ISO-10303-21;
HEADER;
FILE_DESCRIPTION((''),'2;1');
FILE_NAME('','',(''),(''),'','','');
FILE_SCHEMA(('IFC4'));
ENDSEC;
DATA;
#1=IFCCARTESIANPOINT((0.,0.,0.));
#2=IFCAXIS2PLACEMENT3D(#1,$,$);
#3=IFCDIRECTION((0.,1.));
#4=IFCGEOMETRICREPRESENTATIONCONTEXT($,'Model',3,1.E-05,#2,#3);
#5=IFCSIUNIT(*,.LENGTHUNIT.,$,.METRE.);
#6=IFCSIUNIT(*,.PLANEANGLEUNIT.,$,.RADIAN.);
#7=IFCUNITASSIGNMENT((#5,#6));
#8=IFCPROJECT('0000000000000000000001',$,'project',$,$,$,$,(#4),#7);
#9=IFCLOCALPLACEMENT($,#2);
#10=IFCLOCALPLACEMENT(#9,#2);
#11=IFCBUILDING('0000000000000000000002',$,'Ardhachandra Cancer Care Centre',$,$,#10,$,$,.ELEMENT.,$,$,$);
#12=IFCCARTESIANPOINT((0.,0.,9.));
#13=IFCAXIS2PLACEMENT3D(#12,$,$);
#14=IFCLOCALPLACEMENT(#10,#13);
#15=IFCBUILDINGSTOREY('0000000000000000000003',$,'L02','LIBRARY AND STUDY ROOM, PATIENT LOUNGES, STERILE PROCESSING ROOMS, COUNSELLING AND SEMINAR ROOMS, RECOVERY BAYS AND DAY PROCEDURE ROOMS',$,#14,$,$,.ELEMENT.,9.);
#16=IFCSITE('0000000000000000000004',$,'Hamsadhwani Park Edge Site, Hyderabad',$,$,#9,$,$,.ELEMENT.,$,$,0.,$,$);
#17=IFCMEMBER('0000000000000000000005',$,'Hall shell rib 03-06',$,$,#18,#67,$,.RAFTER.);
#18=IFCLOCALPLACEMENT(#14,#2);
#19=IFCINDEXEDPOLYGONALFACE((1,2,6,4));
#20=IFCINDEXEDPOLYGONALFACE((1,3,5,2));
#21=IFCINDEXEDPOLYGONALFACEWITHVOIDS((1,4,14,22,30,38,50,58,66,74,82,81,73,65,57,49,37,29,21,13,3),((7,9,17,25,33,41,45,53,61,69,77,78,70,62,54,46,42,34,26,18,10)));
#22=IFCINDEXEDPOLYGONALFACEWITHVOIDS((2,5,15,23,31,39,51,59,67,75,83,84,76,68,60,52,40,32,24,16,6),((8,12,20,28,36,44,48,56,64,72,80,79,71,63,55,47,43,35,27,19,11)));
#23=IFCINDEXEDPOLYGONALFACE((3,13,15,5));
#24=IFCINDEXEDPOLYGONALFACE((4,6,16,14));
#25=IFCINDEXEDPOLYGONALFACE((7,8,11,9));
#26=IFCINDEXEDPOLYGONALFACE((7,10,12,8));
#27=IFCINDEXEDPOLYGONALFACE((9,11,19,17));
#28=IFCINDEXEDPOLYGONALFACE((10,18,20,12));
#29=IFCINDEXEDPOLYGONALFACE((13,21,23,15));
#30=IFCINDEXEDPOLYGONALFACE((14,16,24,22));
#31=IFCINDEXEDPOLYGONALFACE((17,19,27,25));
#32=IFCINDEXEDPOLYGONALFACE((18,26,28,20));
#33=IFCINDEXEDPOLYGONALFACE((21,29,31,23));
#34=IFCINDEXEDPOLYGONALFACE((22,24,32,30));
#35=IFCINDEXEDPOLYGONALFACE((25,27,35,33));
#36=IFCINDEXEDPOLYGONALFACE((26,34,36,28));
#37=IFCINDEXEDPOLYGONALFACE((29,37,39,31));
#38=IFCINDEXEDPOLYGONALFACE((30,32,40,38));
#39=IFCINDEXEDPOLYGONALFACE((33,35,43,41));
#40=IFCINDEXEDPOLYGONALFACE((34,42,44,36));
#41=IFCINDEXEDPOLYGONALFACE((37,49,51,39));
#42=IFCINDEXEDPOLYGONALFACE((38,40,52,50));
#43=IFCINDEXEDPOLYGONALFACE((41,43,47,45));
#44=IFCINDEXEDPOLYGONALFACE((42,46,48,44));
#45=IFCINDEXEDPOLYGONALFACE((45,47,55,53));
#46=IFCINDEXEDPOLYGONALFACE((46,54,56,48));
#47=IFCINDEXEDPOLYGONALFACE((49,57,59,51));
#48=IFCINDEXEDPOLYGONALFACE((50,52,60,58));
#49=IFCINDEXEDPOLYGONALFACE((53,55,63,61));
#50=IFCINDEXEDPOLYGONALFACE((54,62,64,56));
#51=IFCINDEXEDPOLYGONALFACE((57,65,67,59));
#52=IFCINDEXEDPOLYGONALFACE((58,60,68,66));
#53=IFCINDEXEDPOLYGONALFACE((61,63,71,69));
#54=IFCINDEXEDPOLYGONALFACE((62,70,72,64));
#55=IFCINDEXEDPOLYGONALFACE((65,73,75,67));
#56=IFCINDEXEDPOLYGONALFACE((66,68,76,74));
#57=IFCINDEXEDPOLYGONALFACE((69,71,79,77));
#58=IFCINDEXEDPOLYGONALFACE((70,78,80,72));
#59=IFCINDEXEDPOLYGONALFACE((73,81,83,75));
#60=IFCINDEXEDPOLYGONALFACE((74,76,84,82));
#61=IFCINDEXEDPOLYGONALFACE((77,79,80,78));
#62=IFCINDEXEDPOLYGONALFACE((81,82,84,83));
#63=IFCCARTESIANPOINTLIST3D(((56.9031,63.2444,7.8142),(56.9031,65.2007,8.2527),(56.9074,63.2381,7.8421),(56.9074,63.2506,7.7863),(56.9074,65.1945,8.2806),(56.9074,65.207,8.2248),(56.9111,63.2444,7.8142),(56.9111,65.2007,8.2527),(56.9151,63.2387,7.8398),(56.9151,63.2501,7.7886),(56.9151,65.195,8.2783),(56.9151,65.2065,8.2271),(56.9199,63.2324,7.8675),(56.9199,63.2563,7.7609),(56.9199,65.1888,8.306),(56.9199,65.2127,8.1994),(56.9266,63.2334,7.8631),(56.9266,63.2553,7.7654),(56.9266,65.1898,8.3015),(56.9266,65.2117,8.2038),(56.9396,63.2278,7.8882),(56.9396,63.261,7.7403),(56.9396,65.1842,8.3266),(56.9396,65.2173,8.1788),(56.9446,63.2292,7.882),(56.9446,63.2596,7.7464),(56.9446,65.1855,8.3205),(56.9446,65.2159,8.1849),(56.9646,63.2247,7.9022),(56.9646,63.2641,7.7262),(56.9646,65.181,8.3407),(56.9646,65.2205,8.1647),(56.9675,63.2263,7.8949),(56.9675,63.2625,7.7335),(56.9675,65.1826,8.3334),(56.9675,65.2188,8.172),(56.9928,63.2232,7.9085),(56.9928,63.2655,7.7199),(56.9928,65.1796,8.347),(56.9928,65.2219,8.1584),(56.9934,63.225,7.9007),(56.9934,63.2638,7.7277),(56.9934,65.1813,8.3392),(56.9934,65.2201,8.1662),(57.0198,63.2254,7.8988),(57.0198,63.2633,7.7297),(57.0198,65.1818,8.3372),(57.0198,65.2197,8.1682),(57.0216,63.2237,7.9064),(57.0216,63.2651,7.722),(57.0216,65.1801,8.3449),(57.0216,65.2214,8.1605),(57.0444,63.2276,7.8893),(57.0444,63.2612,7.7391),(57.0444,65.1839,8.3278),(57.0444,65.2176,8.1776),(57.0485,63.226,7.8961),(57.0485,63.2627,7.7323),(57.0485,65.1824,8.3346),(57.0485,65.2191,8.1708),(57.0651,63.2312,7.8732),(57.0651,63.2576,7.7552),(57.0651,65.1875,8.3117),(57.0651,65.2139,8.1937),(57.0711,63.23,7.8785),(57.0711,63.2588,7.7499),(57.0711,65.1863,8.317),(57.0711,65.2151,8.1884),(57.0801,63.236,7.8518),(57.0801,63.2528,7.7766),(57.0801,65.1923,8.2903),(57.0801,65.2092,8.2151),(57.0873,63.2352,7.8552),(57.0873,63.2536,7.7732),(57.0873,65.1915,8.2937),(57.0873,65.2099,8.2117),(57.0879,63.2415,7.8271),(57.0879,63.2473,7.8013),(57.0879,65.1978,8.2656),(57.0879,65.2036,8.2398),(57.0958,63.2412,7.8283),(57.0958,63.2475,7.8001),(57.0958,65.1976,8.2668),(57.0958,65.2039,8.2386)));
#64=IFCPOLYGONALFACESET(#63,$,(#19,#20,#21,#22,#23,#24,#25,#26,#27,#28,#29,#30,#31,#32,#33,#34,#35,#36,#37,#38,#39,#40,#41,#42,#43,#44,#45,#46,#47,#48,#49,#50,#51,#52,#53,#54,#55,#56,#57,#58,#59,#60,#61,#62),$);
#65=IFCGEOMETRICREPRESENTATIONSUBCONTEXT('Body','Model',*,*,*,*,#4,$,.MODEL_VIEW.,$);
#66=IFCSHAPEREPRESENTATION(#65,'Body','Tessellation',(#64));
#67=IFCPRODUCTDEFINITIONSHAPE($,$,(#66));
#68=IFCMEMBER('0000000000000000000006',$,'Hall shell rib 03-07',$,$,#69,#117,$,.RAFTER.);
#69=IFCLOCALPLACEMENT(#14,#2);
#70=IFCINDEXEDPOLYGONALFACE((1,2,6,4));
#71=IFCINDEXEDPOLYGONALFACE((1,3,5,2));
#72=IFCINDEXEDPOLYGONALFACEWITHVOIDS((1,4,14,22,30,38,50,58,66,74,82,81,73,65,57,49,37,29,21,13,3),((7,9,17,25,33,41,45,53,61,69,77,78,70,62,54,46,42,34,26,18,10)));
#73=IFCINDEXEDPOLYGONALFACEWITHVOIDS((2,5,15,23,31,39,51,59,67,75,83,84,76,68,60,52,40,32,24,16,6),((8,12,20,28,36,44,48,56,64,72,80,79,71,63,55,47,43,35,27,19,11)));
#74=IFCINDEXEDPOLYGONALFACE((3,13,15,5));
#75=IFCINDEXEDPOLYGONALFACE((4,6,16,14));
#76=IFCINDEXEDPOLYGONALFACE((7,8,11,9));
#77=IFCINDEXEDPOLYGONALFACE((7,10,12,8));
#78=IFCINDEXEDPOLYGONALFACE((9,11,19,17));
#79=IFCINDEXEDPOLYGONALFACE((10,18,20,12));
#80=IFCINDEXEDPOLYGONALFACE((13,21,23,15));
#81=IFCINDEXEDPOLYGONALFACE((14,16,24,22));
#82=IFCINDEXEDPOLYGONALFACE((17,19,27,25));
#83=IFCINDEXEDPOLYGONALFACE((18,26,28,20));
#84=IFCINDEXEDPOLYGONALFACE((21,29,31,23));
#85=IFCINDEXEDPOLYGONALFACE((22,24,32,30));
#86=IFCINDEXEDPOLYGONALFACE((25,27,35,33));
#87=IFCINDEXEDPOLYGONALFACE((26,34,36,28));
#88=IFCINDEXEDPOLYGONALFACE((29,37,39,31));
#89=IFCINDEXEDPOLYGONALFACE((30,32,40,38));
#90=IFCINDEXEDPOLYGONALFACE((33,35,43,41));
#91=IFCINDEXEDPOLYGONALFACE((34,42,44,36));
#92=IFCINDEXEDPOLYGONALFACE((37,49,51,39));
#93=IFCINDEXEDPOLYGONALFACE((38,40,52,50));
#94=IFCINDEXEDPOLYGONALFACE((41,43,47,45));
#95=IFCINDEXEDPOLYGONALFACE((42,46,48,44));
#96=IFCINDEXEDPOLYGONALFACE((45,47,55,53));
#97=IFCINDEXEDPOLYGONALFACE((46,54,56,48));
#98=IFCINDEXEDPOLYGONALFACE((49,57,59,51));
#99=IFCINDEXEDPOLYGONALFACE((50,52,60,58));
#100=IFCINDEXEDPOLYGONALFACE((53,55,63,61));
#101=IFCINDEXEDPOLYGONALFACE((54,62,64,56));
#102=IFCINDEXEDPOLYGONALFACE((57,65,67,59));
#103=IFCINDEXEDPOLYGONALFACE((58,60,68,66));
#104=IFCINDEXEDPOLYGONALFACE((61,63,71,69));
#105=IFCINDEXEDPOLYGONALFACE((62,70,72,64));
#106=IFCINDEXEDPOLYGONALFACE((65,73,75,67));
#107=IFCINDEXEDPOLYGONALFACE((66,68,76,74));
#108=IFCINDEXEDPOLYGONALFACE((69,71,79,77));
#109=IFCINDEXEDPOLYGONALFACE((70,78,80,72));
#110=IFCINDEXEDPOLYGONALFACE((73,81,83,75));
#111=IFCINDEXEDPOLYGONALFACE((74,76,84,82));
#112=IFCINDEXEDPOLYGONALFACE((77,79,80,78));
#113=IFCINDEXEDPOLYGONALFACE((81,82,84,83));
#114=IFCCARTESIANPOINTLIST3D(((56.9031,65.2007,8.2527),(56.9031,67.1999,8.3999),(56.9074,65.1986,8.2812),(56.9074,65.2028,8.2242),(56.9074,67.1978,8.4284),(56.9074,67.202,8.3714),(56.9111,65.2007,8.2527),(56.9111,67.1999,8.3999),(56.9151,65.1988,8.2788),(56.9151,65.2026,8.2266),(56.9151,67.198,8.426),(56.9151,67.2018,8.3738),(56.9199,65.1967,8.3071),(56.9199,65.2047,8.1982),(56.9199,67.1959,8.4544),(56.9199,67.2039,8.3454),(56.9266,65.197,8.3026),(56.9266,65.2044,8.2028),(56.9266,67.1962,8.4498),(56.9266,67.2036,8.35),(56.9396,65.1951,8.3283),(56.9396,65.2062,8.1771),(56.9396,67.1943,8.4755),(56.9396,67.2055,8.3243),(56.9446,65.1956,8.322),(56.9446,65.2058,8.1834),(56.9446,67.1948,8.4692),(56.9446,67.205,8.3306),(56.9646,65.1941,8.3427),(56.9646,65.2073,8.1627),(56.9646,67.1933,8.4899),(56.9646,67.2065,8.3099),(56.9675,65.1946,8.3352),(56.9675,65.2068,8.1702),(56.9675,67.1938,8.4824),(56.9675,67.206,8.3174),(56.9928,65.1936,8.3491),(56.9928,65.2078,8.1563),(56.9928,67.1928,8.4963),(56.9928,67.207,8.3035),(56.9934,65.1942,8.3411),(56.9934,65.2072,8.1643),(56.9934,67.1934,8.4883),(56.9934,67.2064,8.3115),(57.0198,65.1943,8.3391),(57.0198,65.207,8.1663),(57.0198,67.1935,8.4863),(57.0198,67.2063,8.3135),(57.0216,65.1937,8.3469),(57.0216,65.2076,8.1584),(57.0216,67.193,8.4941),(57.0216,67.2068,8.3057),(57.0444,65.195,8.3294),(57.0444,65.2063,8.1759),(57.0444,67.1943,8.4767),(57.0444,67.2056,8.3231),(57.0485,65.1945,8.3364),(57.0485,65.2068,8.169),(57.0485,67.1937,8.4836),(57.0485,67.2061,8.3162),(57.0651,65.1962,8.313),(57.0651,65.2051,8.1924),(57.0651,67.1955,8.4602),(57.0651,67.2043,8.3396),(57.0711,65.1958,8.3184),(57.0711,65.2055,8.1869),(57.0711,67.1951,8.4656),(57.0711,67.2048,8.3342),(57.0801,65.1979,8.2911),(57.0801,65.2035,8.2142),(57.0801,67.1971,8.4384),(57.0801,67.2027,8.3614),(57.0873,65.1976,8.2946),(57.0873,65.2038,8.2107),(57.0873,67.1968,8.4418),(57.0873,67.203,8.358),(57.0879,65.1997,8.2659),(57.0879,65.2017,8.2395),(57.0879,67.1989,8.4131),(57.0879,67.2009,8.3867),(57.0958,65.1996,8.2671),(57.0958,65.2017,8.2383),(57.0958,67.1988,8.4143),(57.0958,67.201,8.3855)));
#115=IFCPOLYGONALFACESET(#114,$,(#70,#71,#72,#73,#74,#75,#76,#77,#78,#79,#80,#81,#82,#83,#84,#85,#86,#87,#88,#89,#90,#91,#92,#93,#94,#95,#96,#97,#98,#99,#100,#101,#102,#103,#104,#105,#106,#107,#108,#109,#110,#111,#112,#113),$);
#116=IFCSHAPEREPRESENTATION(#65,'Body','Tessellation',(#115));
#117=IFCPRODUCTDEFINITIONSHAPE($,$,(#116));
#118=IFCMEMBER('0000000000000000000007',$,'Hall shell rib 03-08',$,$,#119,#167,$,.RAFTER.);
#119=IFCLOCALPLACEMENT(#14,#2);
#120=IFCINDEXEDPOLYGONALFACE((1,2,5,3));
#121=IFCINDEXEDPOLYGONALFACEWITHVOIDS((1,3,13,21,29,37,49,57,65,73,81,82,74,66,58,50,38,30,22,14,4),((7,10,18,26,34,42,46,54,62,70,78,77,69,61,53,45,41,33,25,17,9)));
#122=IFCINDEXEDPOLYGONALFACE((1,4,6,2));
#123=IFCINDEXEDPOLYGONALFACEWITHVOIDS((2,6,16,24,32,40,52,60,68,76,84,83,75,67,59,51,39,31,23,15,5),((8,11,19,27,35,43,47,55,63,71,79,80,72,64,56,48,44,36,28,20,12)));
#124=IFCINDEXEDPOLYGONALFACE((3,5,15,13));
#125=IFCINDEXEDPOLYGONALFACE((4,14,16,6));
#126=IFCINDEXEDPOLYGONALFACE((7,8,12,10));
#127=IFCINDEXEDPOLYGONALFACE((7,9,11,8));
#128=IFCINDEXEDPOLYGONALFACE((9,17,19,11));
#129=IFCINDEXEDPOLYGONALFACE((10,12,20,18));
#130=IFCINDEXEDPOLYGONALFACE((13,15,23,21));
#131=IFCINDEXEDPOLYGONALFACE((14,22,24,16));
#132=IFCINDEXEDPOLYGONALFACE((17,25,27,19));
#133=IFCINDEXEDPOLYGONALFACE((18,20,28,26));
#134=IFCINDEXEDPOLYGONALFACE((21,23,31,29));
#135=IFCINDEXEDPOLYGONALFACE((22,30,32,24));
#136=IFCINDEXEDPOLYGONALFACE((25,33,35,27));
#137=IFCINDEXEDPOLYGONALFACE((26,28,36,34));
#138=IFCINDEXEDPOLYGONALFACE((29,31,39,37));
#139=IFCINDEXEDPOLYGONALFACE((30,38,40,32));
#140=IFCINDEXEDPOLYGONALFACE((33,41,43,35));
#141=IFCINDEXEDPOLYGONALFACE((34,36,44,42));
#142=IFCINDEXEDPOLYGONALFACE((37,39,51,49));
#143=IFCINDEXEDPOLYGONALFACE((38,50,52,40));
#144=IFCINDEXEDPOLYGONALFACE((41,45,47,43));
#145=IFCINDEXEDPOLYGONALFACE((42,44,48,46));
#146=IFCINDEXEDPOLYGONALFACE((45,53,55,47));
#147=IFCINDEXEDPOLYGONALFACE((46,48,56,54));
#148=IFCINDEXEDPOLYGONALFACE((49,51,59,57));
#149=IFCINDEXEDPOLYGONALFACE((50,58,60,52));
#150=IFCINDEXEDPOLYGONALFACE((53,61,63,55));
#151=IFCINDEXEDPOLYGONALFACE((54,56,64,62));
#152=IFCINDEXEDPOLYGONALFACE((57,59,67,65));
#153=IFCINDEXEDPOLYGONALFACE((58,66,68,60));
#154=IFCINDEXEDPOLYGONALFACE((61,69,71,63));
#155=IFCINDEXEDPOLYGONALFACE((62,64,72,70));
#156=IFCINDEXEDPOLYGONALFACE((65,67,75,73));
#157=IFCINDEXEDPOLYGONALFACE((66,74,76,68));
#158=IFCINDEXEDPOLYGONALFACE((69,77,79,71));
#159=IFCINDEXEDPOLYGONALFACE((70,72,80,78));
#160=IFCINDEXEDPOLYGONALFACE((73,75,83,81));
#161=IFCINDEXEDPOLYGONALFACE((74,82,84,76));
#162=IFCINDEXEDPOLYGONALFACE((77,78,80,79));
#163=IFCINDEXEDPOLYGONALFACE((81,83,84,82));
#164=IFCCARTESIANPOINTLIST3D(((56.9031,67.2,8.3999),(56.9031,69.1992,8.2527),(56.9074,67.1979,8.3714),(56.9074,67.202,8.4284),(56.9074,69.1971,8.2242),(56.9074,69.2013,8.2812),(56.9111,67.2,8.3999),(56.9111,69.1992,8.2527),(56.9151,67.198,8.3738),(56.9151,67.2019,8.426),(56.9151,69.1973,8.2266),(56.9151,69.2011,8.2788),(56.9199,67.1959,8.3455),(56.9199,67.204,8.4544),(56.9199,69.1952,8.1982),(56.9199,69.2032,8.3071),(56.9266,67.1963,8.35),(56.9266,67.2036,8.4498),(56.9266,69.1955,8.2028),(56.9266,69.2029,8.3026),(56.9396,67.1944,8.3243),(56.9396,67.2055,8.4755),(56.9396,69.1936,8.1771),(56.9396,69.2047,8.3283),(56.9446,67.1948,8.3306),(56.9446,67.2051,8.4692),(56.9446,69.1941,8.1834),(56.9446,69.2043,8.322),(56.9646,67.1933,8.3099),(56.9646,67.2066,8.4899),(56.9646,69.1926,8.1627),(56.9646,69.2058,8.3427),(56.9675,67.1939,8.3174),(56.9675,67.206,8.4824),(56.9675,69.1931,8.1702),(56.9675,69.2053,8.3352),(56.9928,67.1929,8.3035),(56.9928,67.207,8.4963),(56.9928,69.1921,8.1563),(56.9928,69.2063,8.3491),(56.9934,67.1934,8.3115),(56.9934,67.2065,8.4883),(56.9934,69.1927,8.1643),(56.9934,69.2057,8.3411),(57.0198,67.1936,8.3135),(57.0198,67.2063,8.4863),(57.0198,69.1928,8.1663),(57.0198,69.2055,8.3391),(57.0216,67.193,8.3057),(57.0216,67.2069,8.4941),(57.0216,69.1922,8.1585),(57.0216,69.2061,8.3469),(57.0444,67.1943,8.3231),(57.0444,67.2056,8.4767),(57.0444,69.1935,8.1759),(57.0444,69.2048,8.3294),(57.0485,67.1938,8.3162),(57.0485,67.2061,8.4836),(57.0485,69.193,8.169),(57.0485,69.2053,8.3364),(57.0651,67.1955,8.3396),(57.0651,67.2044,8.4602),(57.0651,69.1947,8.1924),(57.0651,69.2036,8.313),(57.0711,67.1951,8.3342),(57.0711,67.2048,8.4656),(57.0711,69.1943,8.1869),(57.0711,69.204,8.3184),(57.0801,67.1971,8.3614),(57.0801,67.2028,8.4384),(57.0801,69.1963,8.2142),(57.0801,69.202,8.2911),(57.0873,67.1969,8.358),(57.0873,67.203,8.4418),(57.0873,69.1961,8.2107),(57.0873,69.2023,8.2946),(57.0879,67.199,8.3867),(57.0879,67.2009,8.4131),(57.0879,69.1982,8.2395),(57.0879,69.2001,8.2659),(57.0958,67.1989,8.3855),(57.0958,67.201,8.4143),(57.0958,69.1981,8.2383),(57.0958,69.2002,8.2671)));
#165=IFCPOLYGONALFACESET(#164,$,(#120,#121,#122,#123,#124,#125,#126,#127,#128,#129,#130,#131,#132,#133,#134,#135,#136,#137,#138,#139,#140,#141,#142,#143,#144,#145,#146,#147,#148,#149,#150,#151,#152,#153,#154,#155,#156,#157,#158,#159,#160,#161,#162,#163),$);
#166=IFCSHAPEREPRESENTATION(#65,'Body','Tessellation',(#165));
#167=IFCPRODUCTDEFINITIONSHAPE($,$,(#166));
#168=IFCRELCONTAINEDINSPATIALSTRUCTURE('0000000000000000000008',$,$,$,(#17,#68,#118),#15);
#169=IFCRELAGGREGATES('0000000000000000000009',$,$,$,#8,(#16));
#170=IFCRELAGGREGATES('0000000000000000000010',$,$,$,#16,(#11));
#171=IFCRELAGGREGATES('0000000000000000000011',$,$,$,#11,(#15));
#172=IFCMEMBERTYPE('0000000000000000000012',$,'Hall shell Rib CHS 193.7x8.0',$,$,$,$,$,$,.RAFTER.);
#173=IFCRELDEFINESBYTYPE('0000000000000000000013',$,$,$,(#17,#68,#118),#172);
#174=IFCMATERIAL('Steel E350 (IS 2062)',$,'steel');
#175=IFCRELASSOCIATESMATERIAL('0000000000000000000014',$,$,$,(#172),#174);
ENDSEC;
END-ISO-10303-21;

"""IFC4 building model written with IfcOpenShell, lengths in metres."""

from ifc_helpers import new_model, si_unit, direction, frame, origin, origin_2d, place, context, subcontext, project, spatial, hollow_circle, extrude, material, material_profile, profile_set, type_object, element, save


model = new_model("IFC4")

# Units and contexts
model_context = context("Model", 3, precision=1e-05, world=origin(), true_north=direction((0.0, 1.0)))
body_context = subcontext(model_context, "Body", "Model", "MODEL_VIEW")
ifc_project = project(units=[si_unit("LENGTHUNIT", "METRE"), si_unit("PLANEANGLEUNIT", "RADIAN")], contexts=[model_context])

# Site, building, storey
site_placement = place(None, origin())
site = spatial("IfcSite", under=ifc_project, at=site_placement, Name="Hamsadhwani Park Edge Site, Hyderabad", CompositionType="ELEMENT", RefElevation=0.0)
building_placement = place(site_placement, origin())
building = spatial("IfcBuilding", under=site, at=building_placement, Name="Ardhachandra Cancer Care Centre", CompositionType="ELEMENT")
storey_placement = place(building_placement, frame((0.0, 0.0, 9.0)))
storey = spatial("IfcBuildingStorey", under=building, at=storey_placement, Name="L02", Description="LIBRARY AND STUDY ROOM, PATIENT LOUNGES, STERILE PROCESSING ROOMS, COUNSELLING AND SEMINAR ROOMS, RECOVERY BAYS AND DAY PROCEDURE ROOMS", CompositionType="ELEMENT", Elevation=9.0)

# Members
ifc_material_1 = material(Name="Steel E350 (IS 2062)", Category="steel")
ifc_material_profile_1 = material_profile(ifc_material_1, hollow_circle(Radius=0.0969, WallThickness=0.0081, at=origin_2d()), Name="CHS 193.7x8.0")
ifc_profile_set_1 = profile_set([ifc_material_profile_1], Name="Steel E350 (IS 2062)")
member_type_1 = type_object("IfcMemberType", Name="Hall shell Rib CHS 193.7x8.0", PredefinedType="RAFTER", material=ifc_profile_set_1)
member_1_placement = place(storey_placement, frame((57.0, 63.2444, 7.8142), z_axis=(0.0, 0.97579, 0.218709), x_axis=(-1.0, 0.0, 0.0)))
element("IfcMember", 1, at=member_1_placement, inside=storey, type_object=member_type_1, Name="Hall shell rib 03-06", PredefinedType="RAFTER", context=body_context, shape_type="SweptSolid", body=[
    extrude(hollow_circle(Radius=0.0969, WallThickness=0.0081, at=origin_2d()), origin(), (0.0, 0.0, 1.0), 2.0049),
])
for number, where, z_axis, x_axis, name in (
    (2, (57.0, 65.2007, 8.2527), (0.0, 0.9973, 0.073437), (-1.0, 0.0, 0.0), "Hall shell rib 03-07"),
    (3, (57.0, 67.2, 8.3999), (0.0, 0.9973, -0.073437), (-1.0, 0.0, 0.0), "Hall shell rib 03-08"),
):
    element("IfcMember", number, at=place(storey_placement, frame(where, z_axis=z_axis, x_axis=x_axis)), inside=storey, type_object=member_type_1, Name=name, PredefinedType="RAFTER", context=body_context, shape_type="SweptSolid", body=[
        extrude(hollow_circle(Radius=0.0969, WallThickness=0.0081, at=origin_2d()), origin(), (0.0, 0.0, 1.0), 2.0046),
    ])

save(model, "model.ifc")
